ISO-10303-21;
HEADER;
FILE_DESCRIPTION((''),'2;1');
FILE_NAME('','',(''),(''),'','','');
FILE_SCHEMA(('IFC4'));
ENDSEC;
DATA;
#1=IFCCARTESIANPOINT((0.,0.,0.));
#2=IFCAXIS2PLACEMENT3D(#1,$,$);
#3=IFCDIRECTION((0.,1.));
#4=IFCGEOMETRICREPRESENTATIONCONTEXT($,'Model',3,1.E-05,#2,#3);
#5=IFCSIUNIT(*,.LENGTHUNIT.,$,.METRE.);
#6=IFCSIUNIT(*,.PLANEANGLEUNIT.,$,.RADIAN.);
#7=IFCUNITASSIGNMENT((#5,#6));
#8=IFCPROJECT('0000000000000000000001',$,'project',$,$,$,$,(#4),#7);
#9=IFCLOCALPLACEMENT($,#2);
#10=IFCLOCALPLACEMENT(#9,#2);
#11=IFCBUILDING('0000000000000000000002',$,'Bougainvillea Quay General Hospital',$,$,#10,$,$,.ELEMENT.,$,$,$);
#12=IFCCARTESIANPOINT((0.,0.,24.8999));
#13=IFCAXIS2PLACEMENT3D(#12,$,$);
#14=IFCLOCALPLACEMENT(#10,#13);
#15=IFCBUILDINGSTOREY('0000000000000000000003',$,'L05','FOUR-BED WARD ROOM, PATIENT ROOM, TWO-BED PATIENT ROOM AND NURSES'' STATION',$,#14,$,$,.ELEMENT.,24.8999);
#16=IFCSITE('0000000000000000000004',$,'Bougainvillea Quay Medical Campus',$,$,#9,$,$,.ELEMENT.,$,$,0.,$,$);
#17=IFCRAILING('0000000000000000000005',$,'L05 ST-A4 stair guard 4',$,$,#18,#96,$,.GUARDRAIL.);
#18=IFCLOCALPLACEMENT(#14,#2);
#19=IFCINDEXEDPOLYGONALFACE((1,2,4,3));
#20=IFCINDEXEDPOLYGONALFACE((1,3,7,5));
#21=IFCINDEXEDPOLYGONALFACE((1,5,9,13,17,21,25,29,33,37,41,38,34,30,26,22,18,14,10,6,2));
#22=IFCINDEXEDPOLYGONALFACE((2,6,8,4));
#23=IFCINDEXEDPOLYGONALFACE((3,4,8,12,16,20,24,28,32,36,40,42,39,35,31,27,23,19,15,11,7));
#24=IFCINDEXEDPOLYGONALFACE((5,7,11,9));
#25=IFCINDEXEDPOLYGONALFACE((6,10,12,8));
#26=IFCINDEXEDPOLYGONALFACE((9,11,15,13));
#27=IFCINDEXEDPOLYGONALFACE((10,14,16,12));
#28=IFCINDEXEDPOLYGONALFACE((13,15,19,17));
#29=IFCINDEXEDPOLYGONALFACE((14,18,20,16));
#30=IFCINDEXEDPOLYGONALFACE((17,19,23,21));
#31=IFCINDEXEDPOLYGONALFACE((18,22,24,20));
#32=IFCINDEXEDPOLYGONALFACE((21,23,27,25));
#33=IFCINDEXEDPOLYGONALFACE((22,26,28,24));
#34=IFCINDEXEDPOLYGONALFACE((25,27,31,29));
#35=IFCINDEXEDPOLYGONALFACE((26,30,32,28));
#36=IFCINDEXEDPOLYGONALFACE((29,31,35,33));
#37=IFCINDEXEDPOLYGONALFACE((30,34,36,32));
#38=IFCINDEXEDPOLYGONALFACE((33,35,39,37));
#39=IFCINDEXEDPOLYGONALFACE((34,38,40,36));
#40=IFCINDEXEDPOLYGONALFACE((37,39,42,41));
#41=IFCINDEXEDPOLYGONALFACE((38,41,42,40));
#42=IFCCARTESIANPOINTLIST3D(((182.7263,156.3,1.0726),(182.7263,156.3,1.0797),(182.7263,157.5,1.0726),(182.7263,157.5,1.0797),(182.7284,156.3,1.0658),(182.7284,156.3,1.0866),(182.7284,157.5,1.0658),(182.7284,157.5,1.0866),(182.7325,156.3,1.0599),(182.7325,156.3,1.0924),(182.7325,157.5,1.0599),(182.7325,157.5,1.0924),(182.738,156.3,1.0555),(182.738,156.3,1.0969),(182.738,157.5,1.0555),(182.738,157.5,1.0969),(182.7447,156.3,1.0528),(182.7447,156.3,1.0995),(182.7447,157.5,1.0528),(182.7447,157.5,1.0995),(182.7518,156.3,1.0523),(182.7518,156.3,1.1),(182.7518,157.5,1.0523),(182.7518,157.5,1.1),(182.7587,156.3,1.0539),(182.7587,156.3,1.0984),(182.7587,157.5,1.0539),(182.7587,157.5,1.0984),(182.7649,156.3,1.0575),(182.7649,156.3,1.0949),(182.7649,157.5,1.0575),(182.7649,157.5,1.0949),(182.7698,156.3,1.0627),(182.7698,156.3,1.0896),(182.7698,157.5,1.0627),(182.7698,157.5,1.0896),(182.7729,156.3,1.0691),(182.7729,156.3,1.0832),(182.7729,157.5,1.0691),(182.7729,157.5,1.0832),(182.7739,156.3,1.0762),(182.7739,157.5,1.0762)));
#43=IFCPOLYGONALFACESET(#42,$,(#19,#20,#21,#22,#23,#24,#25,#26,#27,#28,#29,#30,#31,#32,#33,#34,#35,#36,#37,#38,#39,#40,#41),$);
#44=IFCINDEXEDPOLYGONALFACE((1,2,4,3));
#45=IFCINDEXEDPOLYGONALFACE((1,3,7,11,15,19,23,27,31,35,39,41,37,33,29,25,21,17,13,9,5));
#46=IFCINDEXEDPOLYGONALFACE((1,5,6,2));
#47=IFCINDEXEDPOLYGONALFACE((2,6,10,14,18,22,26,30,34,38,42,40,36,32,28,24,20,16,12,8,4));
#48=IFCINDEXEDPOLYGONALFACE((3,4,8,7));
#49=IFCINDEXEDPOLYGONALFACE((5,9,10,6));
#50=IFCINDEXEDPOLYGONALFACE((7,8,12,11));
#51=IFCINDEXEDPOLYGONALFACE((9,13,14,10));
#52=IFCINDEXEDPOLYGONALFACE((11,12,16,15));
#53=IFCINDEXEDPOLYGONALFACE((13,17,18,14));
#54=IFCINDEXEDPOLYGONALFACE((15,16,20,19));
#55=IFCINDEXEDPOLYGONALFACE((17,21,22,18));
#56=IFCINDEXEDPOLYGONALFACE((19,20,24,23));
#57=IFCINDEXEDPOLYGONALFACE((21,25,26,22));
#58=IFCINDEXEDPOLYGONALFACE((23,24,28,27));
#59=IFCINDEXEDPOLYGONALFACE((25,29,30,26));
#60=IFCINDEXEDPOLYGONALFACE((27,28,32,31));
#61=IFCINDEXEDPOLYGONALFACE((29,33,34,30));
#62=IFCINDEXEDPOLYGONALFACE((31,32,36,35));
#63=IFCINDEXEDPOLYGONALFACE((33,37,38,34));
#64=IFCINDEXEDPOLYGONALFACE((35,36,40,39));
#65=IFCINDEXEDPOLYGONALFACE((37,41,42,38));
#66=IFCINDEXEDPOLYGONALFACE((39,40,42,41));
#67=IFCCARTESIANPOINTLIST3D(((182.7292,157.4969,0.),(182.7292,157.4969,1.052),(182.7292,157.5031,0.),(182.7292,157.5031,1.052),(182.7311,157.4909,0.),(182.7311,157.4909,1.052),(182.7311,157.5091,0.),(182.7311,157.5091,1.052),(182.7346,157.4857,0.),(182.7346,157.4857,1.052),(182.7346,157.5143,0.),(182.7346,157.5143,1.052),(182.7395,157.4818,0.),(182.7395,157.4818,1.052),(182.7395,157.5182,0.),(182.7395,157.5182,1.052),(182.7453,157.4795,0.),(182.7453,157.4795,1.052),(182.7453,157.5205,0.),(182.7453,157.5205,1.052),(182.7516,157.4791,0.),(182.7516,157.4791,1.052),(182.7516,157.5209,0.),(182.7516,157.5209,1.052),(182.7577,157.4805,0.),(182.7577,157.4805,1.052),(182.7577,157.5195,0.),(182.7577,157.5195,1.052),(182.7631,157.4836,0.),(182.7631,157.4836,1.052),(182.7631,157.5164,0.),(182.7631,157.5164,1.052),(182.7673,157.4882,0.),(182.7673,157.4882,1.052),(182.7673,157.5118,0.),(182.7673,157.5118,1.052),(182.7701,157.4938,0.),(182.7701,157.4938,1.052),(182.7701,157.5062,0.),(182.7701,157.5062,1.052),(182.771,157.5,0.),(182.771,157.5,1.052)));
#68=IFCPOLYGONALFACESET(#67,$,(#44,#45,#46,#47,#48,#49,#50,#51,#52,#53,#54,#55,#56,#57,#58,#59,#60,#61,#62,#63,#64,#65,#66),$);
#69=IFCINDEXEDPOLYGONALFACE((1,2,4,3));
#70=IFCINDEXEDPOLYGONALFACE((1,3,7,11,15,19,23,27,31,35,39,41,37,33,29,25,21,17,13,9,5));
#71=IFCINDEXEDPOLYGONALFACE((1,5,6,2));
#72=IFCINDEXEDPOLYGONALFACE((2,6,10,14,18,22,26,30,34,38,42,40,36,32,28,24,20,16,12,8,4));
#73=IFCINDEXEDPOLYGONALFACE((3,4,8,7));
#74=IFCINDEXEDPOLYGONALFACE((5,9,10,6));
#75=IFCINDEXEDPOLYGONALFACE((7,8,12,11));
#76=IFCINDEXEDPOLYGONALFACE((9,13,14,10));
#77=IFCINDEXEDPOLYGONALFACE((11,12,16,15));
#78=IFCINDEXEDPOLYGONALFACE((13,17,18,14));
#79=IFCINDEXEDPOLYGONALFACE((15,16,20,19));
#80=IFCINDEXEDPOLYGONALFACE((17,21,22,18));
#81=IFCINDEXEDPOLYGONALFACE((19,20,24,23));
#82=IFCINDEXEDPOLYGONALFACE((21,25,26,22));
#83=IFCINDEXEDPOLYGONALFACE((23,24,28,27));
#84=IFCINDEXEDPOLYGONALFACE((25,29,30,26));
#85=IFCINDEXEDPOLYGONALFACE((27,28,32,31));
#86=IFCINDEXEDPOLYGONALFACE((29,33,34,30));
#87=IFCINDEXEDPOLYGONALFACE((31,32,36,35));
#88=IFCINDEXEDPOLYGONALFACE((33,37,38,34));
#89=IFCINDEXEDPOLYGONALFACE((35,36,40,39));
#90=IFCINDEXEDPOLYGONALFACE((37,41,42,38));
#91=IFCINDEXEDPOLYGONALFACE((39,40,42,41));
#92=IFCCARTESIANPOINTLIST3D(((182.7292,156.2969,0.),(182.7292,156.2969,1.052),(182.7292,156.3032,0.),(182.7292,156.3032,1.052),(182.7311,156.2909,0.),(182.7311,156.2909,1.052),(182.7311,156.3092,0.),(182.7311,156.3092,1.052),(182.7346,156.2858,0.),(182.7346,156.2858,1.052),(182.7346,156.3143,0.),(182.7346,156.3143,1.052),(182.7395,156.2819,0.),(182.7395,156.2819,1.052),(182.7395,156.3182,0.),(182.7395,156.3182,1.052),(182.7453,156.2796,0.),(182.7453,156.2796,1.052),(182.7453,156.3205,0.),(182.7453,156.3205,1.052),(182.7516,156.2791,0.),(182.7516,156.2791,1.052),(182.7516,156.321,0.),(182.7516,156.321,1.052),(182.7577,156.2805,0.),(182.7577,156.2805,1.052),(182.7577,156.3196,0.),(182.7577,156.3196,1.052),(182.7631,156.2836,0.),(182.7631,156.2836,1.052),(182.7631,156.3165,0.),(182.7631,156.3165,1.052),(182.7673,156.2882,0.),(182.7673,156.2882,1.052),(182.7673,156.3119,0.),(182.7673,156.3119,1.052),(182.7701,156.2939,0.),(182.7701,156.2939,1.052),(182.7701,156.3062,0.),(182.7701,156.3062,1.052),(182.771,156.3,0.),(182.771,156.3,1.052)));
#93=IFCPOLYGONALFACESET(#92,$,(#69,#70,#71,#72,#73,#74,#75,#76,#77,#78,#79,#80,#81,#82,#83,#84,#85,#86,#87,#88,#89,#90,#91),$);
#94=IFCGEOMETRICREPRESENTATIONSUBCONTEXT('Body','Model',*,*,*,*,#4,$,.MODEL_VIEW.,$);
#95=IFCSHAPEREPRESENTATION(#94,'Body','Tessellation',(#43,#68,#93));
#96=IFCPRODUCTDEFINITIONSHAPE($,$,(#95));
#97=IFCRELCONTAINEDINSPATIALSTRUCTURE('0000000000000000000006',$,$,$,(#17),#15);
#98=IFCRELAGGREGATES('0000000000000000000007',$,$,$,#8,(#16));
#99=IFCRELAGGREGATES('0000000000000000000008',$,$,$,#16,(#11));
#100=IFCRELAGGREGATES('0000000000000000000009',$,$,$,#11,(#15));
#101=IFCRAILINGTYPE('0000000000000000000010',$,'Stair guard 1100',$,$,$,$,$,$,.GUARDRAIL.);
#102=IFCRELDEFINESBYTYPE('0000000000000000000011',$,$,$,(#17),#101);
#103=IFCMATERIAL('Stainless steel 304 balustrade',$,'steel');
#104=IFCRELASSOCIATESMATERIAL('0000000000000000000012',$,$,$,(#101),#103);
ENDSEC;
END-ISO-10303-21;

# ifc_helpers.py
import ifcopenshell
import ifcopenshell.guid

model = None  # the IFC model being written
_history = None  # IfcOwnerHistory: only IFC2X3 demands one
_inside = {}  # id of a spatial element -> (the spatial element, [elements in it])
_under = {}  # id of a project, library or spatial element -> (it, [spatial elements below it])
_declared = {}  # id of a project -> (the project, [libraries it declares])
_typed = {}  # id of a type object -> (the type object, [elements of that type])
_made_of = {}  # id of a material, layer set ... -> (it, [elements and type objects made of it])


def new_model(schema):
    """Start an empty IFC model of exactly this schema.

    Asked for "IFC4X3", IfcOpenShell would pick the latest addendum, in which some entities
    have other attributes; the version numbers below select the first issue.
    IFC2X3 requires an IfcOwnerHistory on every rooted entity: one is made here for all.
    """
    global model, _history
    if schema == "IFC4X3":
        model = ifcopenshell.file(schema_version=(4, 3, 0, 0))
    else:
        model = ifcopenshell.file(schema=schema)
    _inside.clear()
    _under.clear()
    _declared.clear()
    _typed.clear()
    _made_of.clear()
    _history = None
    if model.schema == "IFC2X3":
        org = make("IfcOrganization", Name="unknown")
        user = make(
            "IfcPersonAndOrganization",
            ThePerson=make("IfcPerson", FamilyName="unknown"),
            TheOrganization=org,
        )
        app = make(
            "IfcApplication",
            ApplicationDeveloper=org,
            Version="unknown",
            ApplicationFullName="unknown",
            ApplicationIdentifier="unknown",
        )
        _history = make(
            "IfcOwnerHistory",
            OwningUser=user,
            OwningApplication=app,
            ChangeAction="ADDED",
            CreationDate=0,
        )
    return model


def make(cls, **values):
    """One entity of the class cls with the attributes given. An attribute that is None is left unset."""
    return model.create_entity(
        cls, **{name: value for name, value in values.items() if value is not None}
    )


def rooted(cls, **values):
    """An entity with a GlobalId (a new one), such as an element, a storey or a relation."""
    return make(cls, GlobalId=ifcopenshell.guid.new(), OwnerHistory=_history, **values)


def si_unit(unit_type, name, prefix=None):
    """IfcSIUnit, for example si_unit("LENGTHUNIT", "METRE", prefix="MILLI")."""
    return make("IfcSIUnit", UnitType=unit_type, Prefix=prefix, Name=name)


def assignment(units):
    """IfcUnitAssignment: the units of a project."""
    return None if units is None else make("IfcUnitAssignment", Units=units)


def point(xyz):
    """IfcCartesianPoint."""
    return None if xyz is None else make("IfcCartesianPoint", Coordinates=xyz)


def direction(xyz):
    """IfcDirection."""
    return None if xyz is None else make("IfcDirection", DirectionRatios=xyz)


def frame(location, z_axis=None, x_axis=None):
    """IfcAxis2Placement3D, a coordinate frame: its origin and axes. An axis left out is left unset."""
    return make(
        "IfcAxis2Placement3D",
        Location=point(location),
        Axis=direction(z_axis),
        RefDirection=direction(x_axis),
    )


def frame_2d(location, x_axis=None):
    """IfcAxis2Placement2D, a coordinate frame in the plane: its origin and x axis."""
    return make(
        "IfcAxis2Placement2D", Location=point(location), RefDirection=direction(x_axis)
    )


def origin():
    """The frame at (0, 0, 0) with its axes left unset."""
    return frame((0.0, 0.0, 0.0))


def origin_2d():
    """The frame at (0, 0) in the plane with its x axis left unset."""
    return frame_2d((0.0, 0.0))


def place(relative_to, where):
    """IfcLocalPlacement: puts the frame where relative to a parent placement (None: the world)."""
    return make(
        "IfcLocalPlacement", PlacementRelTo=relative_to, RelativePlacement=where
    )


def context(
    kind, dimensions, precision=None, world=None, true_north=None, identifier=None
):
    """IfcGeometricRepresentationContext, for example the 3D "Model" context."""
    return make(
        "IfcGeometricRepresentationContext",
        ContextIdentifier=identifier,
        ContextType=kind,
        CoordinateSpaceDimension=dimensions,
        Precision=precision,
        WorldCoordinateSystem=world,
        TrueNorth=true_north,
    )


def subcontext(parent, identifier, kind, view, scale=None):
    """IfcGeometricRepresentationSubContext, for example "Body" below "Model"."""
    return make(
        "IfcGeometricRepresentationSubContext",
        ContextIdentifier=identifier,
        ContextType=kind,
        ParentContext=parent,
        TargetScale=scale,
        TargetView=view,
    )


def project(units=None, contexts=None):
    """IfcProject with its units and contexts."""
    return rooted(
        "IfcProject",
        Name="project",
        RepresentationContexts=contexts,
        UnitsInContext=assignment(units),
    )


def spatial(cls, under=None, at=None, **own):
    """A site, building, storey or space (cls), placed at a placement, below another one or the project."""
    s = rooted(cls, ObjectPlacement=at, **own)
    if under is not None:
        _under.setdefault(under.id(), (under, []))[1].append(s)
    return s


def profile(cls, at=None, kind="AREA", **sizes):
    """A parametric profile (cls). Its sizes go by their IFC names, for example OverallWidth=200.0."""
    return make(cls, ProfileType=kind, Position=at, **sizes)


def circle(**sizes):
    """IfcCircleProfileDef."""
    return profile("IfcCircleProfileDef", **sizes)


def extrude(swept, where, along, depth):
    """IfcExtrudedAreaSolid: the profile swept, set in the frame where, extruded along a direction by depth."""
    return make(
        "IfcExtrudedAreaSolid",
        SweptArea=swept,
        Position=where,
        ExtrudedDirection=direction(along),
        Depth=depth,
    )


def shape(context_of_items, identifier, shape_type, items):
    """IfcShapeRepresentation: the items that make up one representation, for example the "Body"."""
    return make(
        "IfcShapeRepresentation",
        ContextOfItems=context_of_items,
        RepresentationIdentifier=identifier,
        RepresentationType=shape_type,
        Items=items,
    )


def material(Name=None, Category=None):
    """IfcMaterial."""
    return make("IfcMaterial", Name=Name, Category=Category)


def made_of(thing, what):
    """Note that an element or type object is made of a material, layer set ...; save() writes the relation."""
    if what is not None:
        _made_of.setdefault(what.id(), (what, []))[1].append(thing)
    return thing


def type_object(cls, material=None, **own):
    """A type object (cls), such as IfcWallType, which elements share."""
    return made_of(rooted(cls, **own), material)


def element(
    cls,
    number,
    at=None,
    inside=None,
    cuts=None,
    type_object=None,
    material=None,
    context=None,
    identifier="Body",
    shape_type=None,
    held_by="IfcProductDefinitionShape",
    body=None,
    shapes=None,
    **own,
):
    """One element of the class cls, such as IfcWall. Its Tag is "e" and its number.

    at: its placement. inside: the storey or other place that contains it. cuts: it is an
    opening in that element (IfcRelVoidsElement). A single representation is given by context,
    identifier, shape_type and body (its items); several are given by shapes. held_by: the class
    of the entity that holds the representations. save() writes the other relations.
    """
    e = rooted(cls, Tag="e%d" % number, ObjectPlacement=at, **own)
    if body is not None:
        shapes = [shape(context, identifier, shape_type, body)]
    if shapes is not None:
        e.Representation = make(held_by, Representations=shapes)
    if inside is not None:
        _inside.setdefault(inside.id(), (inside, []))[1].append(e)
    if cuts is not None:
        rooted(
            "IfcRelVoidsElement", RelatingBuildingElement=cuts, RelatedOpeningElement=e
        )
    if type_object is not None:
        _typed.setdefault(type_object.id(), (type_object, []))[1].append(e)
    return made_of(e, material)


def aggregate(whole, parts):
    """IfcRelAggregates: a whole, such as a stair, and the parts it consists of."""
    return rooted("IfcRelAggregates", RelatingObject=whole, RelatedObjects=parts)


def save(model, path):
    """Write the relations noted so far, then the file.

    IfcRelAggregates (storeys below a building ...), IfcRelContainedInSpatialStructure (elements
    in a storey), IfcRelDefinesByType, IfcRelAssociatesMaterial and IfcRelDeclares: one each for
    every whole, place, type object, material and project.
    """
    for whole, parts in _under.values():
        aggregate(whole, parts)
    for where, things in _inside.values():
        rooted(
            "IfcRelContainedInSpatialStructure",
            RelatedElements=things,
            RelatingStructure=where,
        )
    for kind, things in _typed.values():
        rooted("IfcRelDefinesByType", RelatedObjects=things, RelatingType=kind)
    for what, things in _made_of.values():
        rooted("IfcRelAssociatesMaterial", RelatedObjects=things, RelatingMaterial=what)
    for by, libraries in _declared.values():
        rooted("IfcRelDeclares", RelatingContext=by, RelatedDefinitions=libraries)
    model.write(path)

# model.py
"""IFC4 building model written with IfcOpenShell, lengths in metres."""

from ifc_helpers import new_model, si_unit, direction, frame, origin, origin_2d, place, context, subcontext, project, spatial, circle, extrude, material, type_object, element, save


model = new_model("IFC4")

# Units and contexts
model_context = context("Model", 3, precision=1e-05, world=origin(), true_north=direction((0.0, 1.0)))
body_context = subcontext(model_context, "Body", "Model", "MODEL_VIEW")
ifc_project = project(units=[si_unit("LENGTHUNIT", "METRE"), si_unit("PLANEANGLEUNIT", "RADIAN")], contexts=[model_context])

# Site, building, storey
site_placement = place(None, origin())
site = spatial("IfcSite", under=ifc_project, at=site_placement, Name="Bougainvillea Quay Medical Campus", CompositionType="ELEMENT", RefElevation=0.0)
building_placement = place(site_placement, origin())
building = spatial("IfcBuilding", under=site, at=building_placement, Name="Bougainvillea Quay General Hospital", CompositionType="ELEMENT")
storey_placement = place(building_placement, frame((0.0, 0.0, 24.8999)))
storey = spatial("IfcBuildingStorey", under=building, at=storey_placement, Name="L05", Description="FOUR-BED WARD ROOM, PATIENT ROOM, TWO-BED PATIENT ROOM AND NURSES' STATION", CompositionType="ELEMENT", Elevation=24.8999)

# Railing
ifc_material_1 = material(Name="Stainless steel 304 balustrade", Category="steel")
railing_type_1 = type_object("IfcRailingType", Name="Stair guard 1100", PredefinedType="GUARDRAIL", material=ifc_material_1)
railing_1_placement = place(storey_placement, frame((182.75, 157.5, 0.0)))
element("IfcRailing", 1, at=railing_1_placement, inside=storey, type_object=railing_type_1, Name="L05 ST-A4 stair guard 4", PredefinedType="GUARDRAIL", context=body_context, shape_type="SweptSolid", body=[
    extrude(circle(Radius=0.0239, at=origin_2d()), frame((0.0, 0.0, 1.0762), z_axis=(0.0, -1.0, 0.0), x_axis=(1.0, 0.0, 0.0)), (0.0, 0.0, 1.0), 1.2),
    extrude(circle(Radius=0.021, at=origin_2d()), origin(), (0.0, 0.0, 1.0), 1.052),
    extrude(circle(Radius=0.021, at=origin_2d()), frame((0.0, -1.2, 0.0)), (0.0, 0.0, 1.0), 1.052),
])

save(model, "model.ifc")
